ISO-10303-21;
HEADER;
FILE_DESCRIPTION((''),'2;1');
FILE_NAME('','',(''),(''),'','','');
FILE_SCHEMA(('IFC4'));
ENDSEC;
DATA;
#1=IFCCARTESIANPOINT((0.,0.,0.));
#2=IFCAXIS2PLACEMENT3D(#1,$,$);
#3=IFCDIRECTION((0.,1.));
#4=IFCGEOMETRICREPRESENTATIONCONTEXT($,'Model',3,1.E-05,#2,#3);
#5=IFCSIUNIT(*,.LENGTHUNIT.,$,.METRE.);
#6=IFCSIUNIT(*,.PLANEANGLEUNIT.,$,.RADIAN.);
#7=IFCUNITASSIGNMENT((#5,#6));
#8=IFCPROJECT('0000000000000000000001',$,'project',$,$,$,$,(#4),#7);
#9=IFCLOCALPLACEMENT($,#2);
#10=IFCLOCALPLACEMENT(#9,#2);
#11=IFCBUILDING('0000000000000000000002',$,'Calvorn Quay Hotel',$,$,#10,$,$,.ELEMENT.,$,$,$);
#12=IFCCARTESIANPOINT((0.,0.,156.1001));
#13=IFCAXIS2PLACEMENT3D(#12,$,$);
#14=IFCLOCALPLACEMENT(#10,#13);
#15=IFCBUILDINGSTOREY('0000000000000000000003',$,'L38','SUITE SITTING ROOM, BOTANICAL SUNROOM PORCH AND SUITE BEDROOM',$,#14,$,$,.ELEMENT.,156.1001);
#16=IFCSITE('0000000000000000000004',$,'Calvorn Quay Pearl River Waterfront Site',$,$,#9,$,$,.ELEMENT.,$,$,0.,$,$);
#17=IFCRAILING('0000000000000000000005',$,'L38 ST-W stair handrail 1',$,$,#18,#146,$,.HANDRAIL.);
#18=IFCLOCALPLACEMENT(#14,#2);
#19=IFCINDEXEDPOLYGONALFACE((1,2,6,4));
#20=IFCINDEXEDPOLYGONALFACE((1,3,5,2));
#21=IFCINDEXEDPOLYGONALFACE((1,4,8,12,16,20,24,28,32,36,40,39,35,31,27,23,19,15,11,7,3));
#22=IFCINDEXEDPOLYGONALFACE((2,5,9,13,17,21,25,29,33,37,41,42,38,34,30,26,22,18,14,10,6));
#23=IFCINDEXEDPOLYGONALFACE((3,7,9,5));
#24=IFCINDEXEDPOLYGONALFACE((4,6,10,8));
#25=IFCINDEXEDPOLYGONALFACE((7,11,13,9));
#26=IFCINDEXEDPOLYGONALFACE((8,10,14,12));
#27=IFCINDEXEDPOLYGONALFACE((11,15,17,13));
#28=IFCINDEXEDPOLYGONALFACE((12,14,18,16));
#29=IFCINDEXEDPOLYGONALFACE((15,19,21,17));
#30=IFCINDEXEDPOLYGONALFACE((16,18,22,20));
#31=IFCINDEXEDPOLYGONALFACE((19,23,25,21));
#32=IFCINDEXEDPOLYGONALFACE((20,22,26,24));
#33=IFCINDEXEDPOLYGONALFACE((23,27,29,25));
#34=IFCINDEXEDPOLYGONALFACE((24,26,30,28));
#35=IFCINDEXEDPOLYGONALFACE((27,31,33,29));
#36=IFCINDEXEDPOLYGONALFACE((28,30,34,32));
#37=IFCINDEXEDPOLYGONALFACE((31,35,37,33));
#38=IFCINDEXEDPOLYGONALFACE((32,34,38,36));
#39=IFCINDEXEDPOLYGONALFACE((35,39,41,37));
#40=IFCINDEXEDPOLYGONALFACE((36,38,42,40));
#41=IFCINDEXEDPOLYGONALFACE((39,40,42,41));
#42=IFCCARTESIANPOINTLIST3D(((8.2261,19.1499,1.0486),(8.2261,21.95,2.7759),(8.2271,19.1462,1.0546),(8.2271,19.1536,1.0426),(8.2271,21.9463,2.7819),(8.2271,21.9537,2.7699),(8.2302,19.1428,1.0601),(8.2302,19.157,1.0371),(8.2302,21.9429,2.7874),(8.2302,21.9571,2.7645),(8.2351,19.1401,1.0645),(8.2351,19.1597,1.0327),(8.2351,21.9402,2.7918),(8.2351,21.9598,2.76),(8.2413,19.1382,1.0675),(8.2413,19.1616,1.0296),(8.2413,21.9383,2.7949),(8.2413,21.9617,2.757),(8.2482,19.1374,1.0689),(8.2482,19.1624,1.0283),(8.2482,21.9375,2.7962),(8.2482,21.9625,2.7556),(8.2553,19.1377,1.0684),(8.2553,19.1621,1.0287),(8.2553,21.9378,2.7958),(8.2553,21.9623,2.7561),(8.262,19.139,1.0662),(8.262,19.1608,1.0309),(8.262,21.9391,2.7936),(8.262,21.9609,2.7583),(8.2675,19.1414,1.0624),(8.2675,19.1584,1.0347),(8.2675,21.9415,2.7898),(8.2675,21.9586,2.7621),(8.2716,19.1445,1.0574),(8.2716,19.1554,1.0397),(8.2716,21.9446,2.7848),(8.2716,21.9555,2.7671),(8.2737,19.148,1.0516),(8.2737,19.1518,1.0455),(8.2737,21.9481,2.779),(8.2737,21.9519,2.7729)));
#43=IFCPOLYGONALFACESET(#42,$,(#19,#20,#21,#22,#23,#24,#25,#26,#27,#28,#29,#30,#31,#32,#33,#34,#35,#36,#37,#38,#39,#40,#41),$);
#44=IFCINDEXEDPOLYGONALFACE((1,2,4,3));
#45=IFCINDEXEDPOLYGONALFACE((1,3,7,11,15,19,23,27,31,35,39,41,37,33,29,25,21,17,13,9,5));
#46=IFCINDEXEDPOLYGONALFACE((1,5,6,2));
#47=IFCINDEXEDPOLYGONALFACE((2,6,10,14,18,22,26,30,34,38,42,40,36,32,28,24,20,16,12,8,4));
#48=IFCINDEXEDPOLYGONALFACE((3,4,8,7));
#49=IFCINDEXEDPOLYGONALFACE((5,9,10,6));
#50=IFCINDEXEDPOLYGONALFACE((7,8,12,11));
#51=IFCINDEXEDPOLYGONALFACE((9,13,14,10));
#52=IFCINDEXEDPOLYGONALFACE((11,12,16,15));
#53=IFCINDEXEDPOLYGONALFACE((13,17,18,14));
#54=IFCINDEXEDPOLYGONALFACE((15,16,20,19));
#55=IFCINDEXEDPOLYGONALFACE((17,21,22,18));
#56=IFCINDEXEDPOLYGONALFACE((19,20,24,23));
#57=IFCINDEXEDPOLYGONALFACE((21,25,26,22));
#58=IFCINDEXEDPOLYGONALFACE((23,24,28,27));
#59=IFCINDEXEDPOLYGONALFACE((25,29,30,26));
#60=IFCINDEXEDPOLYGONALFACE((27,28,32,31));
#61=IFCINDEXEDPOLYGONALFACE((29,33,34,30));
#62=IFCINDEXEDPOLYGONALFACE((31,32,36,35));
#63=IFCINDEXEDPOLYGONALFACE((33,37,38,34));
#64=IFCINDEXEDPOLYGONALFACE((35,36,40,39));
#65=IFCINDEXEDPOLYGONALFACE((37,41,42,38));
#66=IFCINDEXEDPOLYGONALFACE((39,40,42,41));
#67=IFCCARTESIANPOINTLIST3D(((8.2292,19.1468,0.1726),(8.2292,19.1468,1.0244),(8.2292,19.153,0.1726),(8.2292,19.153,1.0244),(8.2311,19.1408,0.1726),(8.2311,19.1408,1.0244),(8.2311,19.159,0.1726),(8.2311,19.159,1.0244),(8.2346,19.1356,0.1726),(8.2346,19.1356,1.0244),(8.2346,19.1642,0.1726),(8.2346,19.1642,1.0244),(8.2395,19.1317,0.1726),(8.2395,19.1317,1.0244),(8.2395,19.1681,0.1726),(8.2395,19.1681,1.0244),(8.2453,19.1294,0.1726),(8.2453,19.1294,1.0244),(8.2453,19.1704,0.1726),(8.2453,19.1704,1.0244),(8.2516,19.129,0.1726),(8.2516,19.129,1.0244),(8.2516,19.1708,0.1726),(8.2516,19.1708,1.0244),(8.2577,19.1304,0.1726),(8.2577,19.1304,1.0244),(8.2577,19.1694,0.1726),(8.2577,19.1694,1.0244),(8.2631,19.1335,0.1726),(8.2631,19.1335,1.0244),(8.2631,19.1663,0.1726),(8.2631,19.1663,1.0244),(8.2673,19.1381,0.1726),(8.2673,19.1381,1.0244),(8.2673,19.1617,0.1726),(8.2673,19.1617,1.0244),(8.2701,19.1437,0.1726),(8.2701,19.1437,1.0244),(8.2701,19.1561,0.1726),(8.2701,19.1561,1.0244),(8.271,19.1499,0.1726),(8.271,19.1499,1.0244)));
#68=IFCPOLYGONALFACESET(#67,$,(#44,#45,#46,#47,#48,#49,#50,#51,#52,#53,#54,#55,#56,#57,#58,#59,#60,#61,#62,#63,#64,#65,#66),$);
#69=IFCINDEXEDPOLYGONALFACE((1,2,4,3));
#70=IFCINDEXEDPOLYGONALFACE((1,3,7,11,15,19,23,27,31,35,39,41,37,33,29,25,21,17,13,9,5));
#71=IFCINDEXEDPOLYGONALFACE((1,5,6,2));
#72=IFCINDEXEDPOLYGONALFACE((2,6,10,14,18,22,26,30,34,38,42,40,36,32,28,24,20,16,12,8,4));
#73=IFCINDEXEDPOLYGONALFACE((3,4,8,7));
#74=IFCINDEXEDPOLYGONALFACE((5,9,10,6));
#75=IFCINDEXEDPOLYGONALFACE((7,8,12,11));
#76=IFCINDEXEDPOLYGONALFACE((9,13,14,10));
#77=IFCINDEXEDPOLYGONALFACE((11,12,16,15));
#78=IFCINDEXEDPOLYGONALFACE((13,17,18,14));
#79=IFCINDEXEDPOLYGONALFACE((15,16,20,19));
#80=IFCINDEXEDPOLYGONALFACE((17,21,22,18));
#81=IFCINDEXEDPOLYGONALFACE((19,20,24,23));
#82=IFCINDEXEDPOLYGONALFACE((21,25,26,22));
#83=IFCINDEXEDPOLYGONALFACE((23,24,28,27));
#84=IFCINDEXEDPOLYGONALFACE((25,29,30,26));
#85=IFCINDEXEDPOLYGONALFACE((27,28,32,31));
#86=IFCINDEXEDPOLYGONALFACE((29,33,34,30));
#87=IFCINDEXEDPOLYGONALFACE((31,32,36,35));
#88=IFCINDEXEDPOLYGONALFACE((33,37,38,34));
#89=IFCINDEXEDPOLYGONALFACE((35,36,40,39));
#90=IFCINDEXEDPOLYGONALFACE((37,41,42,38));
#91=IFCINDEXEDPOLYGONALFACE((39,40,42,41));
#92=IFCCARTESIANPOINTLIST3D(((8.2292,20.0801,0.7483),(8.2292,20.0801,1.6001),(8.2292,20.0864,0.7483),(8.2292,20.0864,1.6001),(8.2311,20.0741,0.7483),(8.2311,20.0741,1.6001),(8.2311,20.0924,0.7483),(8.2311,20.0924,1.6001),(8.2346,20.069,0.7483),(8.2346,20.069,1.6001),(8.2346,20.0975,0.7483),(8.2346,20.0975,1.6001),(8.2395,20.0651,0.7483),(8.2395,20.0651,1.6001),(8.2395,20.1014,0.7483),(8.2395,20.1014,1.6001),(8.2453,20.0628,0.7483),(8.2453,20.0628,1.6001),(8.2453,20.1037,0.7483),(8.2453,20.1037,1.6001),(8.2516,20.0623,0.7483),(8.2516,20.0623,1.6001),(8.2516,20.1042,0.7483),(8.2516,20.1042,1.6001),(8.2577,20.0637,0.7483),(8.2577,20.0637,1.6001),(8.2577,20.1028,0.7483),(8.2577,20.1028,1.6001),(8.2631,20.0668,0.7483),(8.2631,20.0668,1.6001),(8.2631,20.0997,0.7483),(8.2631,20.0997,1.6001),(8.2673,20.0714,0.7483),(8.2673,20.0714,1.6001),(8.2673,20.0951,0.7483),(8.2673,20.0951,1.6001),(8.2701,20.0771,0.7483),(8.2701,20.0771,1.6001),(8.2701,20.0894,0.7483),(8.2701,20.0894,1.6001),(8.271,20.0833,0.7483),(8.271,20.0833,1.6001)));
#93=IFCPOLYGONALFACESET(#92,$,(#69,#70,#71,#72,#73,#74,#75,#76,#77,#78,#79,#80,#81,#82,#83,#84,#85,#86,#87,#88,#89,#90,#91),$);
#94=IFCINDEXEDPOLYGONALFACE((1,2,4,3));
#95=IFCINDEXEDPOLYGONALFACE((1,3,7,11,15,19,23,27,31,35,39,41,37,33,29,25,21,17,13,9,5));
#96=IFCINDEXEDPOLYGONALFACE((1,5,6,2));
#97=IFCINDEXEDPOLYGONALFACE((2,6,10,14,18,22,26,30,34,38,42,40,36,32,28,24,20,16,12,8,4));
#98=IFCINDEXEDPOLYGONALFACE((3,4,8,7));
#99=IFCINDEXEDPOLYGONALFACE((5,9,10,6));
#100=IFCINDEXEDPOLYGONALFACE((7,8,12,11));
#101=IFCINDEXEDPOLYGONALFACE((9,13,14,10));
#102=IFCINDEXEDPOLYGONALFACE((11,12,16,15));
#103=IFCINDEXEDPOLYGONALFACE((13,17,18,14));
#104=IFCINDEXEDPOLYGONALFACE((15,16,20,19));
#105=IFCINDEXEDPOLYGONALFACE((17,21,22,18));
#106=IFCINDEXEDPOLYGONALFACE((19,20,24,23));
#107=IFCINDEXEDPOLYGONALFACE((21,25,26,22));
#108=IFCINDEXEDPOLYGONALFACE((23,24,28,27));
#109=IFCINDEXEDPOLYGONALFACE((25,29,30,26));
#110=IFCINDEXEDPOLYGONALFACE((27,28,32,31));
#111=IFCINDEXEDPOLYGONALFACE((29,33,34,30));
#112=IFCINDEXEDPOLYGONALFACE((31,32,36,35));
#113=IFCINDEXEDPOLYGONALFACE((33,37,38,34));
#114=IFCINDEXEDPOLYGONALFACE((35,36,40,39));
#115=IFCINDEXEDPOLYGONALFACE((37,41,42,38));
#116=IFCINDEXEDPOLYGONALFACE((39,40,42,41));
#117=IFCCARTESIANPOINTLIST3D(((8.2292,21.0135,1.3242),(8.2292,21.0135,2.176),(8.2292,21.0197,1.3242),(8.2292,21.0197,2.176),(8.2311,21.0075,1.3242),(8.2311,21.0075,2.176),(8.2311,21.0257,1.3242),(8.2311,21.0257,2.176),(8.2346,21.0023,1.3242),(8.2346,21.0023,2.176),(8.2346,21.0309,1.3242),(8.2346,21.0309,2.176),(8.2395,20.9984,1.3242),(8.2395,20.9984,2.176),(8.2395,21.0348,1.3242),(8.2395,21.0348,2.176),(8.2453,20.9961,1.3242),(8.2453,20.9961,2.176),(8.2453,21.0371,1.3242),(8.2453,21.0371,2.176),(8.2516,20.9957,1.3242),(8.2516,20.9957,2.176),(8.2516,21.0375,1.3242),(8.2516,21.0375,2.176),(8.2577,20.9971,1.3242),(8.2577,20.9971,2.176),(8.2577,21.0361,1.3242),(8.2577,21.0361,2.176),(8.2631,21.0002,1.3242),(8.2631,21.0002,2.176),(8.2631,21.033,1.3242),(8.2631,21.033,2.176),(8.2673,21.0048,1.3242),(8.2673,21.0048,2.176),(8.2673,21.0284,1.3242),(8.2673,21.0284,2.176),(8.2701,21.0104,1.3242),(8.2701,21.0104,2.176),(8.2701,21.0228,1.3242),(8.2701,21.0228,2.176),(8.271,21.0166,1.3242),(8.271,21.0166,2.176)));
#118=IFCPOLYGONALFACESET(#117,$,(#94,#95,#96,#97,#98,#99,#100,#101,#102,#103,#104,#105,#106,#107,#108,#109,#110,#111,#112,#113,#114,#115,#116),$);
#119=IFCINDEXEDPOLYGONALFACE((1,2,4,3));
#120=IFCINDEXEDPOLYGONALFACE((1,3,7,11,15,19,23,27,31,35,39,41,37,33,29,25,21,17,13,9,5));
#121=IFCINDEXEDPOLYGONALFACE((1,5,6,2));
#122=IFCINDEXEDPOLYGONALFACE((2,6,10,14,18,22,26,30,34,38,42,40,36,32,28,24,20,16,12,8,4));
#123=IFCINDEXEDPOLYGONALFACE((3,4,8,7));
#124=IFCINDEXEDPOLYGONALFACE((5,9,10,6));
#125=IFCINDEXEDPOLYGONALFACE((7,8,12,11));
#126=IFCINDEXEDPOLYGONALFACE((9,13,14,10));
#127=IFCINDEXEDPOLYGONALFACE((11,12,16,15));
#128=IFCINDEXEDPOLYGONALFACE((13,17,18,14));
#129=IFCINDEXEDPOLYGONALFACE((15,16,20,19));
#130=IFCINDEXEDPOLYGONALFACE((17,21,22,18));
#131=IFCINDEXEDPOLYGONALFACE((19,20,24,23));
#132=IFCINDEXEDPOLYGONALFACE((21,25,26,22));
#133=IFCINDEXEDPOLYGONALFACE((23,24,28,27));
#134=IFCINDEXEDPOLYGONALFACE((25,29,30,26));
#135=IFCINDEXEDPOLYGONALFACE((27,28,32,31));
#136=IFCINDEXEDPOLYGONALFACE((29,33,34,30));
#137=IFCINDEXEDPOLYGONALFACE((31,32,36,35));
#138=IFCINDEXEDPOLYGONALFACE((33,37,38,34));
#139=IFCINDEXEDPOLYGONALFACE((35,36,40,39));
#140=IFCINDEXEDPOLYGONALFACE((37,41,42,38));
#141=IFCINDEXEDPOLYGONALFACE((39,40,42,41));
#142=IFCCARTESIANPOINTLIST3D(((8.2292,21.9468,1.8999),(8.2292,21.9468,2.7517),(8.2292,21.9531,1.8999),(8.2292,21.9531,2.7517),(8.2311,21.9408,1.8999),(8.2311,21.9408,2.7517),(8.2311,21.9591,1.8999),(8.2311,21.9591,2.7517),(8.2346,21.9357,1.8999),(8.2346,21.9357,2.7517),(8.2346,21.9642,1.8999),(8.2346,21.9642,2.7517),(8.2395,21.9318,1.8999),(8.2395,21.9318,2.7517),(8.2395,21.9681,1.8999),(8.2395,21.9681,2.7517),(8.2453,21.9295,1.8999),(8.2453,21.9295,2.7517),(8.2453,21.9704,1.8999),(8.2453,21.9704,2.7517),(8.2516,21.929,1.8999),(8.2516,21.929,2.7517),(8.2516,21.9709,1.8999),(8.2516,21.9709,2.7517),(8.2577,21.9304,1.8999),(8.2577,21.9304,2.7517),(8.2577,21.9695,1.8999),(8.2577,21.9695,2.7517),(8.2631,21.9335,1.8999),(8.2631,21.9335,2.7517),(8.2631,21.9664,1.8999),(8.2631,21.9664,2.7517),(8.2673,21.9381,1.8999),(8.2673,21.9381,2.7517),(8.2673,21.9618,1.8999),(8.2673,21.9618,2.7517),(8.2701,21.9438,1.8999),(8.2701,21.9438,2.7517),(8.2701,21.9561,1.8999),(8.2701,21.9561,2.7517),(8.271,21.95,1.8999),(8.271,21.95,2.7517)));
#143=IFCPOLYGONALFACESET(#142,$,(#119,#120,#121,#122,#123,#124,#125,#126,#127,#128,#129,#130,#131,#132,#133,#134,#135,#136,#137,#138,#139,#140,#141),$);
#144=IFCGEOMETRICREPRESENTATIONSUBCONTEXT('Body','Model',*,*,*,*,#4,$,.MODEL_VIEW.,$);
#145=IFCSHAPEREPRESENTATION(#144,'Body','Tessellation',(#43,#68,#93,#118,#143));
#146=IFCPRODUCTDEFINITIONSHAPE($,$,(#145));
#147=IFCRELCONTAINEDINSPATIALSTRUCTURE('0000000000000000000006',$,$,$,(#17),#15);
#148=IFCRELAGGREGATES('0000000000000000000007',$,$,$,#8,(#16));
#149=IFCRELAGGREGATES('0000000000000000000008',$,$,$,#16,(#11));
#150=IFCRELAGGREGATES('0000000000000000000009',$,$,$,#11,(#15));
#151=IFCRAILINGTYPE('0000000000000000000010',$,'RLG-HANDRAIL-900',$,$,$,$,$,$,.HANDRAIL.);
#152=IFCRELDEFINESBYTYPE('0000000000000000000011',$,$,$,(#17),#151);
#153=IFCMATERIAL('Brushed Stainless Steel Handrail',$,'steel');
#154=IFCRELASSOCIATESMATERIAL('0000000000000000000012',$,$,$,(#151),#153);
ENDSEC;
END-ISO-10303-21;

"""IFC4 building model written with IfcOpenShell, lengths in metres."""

from ifc_helpers import new_model, si_unit, direction, frame, origin, origin_2d, place, context, subcontext, project, spatial, circle, extrude, material, type_object, element, save


model = new_model("IFC4")

# Units and contexts
model_context = context("Model", 3, precision=1e-05, world=origin(), true_north=direction((0.0, 1.0)))
body_context = subcontext(model_context, "Body", "Model", "MODEL_VIEW")
ifc_project = project(units=[si_unit("LENGTHUNIT", "METRE"), si_unit("PLANEANGLEUNIT", "RADIAN")], contexts=[model_context])

# Site, building, storey
site_placement = place(None, origin())
site = spatial("IfcSite", under=ifc_project, at=site_placement, Name="Calvorn Quay Pearl River Waterfront Site", CompositionType="ELEMENT", RefElevation=0.0)
building_placement = place(site_placement, origin())
building = spatial("IfcBuilding", under=site, at=building_placement, Name="Calvorn Quay Hotel", CompositionType="ELEMENT")
storey_placement = place(building_placement, frame((0.0, 0.0, 156.1001)))
storey = spatial("IfcBuildingStorey", under=building, at=storey_placement, Name="L38", Description="SUITE SITTING ROOM, BOTANICAL SUNROOM PORCH AND SUITE BEDROOM", CompositionType="ELEMENT", Elevation=156.1001)

# Railing
ifc_material_1 = material(Name="Brushed Stainless Steel Handrail", Category="steel")
railing_type_1 = type_object("IfcRailingType", Name="RLG-HANDRAIL-900", PredefinedType="HANDRAIL", material=ifc_material_1)
railing_1_placement = place(storey_placement, frame((8.25, 19.1499, 0.1726)))
element("IfcRailing", 1, at=railing_1_placement, inside=storey, type_object=railing_type_1, Name="L38 ST-W stair handrail 1", PredefinedType="HANDRAIL", context=body_context, shape_type="SweptSolid", body=[
    extrude(circle(Radius=0.0239, at=origin_2d()), frame((0.0, 0.0, 0.876), z_axis=(0.0, 0.85109, 0.52502), x_axis=(-1.0, 0.0, 0.0)), (0.0, 0.0, 1.0), 3.29),
    extrude(circle(Radius=0.021, at=origin_2d()), origin(), (0.0, 0.0, 1.0), 0.8518),
    extrude(circle(Radius=0.021, at=origin_2d()), frame((0.0, 0.9333, 0.5757)), (0.0, 0.0, 1.0), 0.8518),
    extrude(circle(Radius=0.021, at=origin_2d()), frame((0.0, 1.8667, 1.1516)), (0.0, 0.0, 1.0), 0.8518),
    extrude(circle(Radius=0.021, at=origin_2d()), frame((0.0, 2.8, 1.7273)), (0.0, 0.0, 1.0), 0.8518),
])

save(model, "model.ifc")
